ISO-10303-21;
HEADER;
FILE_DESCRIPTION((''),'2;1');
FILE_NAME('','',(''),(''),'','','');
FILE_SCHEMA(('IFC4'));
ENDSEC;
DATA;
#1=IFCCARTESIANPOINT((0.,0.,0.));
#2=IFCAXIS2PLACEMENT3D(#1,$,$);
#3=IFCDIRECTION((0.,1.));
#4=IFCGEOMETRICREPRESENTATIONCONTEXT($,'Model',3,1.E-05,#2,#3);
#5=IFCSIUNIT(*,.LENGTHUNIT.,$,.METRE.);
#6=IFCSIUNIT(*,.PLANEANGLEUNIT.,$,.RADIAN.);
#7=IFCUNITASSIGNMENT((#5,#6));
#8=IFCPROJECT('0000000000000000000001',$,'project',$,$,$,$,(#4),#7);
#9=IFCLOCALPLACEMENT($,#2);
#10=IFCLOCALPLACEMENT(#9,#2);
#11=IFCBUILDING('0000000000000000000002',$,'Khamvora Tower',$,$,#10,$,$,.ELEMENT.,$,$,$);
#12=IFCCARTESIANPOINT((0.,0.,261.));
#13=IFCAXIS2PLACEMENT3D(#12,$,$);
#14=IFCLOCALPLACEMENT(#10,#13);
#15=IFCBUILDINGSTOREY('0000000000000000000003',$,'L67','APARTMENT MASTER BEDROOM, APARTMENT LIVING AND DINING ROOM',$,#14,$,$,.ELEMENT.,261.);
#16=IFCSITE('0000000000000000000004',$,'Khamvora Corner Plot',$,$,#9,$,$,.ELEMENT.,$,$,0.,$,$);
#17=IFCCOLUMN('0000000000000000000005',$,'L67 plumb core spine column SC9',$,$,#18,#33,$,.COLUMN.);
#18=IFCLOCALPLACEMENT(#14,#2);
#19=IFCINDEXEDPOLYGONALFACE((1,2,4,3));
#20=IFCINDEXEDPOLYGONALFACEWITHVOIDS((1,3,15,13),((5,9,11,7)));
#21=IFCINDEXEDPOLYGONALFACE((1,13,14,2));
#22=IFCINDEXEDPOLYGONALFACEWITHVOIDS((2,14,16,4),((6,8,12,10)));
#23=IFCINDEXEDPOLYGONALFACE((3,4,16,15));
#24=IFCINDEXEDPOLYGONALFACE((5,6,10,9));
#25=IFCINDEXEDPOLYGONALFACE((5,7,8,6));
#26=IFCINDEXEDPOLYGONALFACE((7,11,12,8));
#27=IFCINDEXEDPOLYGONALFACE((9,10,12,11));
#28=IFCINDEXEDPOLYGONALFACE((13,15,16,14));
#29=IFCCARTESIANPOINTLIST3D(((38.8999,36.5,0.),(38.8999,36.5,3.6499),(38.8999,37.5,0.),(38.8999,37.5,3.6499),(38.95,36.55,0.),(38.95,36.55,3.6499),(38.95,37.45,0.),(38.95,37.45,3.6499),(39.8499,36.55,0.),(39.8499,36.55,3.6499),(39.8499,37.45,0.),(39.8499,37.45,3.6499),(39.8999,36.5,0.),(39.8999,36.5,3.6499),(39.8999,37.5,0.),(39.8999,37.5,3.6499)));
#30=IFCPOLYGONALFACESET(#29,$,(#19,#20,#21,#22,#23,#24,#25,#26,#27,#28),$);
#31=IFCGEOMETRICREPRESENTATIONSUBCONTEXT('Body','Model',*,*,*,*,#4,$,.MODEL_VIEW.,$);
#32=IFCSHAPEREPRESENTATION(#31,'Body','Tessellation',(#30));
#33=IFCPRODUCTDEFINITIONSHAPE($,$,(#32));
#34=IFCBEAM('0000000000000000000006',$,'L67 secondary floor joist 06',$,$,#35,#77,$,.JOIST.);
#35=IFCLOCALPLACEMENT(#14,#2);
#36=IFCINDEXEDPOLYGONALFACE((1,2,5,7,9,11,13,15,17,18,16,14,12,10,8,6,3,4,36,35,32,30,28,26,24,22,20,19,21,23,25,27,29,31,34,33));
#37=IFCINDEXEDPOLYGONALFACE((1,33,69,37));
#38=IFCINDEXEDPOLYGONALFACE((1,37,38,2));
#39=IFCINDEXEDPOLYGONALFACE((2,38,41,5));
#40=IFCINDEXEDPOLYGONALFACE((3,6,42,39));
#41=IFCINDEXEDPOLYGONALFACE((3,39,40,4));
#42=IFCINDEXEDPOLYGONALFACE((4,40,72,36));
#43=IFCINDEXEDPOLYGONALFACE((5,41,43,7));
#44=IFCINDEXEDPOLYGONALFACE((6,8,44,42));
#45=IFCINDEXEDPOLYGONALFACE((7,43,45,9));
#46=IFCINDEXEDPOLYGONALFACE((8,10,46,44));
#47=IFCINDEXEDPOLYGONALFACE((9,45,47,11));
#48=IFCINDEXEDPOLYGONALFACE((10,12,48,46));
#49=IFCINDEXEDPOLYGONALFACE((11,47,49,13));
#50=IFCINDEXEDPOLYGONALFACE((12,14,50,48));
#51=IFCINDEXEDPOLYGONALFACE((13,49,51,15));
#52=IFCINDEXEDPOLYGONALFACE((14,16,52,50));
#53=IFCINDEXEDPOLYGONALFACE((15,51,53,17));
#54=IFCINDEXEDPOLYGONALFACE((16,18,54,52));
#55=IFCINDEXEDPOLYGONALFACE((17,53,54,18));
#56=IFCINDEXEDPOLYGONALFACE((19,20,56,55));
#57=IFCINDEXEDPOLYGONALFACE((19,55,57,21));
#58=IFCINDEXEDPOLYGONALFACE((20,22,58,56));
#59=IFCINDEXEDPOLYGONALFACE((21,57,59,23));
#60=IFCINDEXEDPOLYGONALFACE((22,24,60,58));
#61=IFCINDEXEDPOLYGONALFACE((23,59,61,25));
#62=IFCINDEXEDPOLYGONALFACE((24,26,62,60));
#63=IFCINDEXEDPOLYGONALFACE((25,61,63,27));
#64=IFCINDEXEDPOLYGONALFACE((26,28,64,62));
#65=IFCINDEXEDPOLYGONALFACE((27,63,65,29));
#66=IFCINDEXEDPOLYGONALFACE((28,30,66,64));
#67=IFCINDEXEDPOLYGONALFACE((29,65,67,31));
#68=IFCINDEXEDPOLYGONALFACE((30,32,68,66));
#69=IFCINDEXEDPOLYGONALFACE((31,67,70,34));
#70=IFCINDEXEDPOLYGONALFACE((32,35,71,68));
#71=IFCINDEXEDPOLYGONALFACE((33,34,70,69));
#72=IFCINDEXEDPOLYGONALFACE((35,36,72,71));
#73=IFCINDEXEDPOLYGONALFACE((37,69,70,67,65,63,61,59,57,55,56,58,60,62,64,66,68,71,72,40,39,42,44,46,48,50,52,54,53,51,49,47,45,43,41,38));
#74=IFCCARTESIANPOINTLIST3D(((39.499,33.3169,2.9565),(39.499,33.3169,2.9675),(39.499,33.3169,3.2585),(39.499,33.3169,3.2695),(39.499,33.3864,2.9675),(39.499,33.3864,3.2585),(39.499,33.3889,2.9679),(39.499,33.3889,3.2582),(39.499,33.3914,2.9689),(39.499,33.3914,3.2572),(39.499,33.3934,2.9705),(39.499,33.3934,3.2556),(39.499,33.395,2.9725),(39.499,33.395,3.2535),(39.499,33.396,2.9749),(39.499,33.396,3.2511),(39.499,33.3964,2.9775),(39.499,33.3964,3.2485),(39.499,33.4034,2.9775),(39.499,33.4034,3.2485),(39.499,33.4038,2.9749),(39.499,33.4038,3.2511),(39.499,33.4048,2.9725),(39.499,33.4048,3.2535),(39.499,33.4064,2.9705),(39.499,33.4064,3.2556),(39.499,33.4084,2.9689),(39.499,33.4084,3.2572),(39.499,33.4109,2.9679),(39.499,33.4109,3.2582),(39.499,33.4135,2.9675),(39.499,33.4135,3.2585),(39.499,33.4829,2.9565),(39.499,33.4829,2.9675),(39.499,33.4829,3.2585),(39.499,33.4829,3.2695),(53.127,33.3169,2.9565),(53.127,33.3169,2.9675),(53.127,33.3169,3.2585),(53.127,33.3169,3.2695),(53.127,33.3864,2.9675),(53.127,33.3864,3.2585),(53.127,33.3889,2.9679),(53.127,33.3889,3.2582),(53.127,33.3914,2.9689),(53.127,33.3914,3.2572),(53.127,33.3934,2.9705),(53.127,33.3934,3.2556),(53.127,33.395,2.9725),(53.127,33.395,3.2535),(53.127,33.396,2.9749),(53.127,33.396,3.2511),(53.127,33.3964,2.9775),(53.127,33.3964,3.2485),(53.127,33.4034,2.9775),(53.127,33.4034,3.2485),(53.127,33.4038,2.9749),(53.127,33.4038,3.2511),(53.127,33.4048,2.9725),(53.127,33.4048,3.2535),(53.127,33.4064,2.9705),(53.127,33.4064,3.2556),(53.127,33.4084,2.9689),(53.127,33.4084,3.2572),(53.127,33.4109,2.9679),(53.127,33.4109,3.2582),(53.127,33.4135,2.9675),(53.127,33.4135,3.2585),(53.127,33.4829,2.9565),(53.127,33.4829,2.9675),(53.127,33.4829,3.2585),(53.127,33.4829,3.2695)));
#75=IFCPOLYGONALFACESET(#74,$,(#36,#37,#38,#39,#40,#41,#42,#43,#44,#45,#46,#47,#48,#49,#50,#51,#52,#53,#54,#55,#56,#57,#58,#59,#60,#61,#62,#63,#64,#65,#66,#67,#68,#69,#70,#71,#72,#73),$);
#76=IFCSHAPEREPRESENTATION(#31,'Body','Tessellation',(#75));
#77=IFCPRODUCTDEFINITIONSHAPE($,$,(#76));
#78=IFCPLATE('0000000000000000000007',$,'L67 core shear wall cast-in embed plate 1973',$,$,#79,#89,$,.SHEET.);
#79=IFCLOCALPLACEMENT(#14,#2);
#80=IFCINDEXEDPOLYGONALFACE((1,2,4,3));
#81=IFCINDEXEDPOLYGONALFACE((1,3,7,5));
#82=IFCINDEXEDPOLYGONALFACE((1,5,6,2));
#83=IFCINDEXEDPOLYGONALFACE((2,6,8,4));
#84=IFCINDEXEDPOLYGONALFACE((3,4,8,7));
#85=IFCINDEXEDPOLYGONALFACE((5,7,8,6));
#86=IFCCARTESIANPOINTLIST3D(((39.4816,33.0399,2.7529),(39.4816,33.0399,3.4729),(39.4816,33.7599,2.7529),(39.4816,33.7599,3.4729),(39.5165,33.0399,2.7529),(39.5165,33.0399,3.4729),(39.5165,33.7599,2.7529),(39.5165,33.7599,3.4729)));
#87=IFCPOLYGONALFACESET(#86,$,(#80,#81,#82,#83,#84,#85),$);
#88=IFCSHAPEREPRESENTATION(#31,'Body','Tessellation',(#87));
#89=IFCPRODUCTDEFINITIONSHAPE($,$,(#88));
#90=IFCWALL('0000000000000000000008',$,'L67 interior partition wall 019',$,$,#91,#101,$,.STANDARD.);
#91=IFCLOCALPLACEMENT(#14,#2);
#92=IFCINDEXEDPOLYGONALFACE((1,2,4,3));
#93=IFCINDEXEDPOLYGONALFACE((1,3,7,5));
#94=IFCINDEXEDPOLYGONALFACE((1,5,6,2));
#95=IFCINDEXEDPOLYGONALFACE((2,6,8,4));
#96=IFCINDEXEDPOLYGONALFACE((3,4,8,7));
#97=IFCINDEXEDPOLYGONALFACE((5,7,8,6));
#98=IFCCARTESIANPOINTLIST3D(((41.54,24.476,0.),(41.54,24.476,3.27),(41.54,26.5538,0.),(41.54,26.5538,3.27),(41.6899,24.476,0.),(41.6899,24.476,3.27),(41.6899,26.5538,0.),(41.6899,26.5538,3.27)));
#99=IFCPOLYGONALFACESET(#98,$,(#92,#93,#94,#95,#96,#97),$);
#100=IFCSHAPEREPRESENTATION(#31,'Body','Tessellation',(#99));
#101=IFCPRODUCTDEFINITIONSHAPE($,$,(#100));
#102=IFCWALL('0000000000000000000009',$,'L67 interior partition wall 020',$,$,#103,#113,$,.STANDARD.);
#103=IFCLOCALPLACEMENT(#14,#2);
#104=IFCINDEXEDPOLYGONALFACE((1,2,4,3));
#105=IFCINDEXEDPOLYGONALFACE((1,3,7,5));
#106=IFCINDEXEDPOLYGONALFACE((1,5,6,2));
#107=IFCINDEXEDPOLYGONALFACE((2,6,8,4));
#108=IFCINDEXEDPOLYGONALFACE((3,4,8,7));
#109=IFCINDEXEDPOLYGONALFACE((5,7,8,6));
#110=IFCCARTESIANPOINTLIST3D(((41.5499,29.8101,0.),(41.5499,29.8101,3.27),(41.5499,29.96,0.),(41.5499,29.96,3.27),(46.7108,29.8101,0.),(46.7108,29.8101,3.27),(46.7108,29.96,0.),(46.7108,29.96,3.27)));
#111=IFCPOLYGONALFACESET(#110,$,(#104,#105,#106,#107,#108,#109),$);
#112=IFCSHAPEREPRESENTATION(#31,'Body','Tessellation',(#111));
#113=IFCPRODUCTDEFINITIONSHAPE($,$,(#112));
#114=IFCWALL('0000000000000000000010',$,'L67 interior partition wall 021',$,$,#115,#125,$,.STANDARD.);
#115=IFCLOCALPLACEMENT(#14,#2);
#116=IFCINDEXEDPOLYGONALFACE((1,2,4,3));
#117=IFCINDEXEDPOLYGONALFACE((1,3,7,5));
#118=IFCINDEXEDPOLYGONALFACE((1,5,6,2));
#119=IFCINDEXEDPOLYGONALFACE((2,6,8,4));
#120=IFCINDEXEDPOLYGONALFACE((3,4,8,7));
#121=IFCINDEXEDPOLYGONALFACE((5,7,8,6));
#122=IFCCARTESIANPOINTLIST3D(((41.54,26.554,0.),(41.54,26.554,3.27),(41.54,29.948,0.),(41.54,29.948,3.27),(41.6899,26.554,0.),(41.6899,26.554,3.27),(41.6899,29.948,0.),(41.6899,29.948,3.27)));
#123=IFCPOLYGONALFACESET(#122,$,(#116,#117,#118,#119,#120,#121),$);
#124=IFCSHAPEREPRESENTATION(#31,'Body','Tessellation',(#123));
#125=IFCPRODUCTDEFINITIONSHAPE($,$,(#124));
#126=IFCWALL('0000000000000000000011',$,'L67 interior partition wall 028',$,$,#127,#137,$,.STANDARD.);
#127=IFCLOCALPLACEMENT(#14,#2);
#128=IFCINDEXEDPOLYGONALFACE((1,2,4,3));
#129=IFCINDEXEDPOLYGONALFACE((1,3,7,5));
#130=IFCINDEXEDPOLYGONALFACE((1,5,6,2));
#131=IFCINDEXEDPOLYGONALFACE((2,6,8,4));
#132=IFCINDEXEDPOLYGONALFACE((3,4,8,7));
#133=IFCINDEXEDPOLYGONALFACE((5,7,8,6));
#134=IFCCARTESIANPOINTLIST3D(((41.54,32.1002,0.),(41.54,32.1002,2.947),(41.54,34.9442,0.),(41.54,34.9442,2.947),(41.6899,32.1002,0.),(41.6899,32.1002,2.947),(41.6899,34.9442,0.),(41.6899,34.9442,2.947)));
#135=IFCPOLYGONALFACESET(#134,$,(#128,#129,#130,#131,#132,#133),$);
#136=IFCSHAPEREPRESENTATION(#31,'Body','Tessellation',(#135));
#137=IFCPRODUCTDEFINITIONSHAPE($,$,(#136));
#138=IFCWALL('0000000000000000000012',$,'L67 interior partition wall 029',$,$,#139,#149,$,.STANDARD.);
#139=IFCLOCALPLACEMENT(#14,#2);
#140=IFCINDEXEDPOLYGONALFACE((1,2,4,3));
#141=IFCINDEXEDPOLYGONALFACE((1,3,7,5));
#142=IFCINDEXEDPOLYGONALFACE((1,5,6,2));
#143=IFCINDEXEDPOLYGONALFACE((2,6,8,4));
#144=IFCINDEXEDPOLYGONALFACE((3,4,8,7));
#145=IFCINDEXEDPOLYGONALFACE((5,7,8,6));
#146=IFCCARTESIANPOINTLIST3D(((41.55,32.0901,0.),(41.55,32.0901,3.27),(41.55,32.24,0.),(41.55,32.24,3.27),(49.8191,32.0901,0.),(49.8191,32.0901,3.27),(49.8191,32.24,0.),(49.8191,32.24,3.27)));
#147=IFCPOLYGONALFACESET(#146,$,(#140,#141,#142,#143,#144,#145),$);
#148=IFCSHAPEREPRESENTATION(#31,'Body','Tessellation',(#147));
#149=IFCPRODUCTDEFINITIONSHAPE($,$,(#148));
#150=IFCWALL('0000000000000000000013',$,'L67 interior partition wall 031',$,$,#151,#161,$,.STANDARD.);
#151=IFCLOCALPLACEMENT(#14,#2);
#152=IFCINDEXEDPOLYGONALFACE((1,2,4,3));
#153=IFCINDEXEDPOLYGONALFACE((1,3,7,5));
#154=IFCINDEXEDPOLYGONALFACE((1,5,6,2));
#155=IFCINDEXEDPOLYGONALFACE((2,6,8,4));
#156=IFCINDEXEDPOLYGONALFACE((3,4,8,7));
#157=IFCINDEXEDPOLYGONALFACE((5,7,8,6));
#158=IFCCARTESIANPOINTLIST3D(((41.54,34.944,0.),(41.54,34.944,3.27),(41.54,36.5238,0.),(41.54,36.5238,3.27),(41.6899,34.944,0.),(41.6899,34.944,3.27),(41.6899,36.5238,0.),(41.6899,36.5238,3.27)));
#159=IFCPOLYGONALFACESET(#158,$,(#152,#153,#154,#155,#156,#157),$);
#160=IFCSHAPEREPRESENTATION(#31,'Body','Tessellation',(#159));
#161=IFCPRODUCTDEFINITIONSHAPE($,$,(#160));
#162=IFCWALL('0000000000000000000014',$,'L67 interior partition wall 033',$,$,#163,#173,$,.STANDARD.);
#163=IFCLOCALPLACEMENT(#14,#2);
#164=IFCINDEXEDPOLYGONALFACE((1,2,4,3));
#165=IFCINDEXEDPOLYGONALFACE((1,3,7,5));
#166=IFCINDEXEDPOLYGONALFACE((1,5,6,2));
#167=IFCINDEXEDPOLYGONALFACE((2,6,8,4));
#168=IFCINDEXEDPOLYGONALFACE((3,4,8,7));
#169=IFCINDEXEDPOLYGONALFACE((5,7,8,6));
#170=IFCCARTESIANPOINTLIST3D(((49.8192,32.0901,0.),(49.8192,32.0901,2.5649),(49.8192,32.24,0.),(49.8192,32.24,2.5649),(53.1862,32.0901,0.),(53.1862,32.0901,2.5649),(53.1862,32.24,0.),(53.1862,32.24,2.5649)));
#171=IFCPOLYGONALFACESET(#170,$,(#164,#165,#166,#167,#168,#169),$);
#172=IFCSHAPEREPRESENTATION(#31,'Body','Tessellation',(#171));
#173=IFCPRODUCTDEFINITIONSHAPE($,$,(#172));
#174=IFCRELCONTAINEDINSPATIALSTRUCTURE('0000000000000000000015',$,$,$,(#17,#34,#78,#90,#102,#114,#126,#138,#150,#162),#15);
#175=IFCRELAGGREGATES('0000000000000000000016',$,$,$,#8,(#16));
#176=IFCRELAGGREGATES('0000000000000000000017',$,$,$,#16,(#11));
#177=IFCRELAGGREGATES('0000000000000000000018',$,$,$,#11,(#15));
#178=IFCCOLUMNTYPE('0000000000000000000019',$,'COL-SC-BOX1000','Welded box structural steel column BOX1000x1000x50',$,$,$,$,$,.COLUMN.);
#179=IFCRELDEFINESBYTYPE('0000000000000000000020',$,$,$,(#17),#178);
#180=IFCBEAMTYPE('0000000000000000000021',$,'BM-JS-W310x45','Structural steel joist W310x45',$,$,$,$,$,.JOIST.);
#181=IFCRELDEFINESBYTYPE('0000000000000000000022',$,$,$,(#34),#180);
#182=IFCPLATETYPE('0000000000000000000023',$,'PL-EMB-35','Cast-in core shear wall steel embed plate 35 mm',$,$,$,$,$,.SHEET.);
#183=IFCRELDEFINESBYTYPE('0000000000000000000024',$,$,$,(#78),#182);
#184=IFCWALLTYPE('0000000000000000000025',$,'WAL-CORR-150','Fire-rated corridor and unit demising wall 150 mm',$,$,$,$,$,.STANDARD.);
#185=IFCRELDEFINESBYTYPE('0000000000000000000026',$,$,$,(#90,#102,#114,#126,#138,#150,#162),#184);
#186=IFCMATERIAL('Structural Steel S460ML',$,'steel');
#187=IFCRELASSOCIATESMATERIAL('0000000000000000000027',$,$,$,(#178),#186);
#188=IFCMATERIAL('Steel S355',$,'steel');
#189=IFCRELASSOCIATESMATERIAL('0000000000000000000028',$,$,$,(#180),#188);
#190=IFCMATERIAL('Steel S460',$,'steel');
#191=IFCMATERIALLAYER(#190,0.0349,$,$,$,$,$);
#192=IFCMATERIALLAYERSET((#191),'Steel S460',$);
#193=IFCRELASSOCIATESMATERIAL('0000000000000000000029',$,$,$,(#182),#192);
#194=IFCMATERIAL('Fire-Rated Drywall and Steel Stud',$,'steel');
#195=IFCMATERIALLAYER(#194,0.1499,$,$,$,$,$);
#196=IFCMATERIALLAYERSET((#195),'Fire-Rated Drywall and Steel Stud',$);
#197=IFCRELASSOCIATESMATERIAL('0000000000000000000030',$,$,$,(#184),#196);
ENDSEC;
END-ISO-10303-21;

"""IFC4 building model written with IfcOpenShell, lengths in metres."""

from ifc_helpers import new_model, si_unit, direction, frame, frame_2d, origin, origin_2d, place, context, subcontext, project, spatial, rectangle, hollow_rectangle, i_section, extrude, material, layer, layer_set, material_profile, profile_set, type_object, element, save


model = new_model("IFC4")

# Units and contexts
model_context = context("Model", 3, precision=1e-05, world=origin(), true_north=direction((0.0, 1.0)))
body_context = subcontext(model_context, "Body", "Model", "MODEL_VIEW")
ifc_project = project(units=[si_unit("LENGTHUNIT", "METRE"), si_unit("PLANEANGLEUNIT", "RADIAN")], contexts=[model_context])

# Site, building, storey
site_placement = place(None, origin())
site = spatial("IfcSite", under=ifc_project, at=site_placement, Name="Khamvora Corner Plot", CompositionType="ELEMENT", RefElevation=0.0)
building_placement = place(site_placement, origin())
building = spatial("IfcBuilding", under=site, at=building_placement, Name="Khamvora Tower", CompositionType="ELEMENT")
storey_placement = place(building_placement, frame((0.0, 0.0, 261.0)))
storey = spatial("IfcBuildingStorey", under=building, at=storey_placement, Name="L67", Description="APARTMENT MASTER BEDROOM, APARTMENT LIVING AND DINING ROOM", CompositionType="ELEMENT", Elevation=261.0)

# Column
ifc_material_1 = material(Name="Structural Steel S460ML", Category="steel")
ifc_material_profile_1 = material_profile(ifc_material_1, hollow_rectangle(XDim=1.0, YDim=1.0, WallThickness=0.05, at=origin_2d()), Name="BOX1000x1000x50")
ifc_profile_set_1 = profile_set([ifc_material_profile_1], Name="Structural Steel S460ML")
column_type = type_object("IfcColumnType", Name="COL-SC-BOX1000", Description="Welded box structural steel column BOX1000x1000x50", PredefinedType="COLUMN", material=ifc_profile_set_1)
column_placement = place(storey_placement, frame((39.3999, 37.0, 0.0), z_axis=(0.0, 0.0, 1.0), x_axis=(1.0, 0.0, 0.0)))
element("IfcColumn", 1, at=column_placement, inside=storey, type_object=column_type, Name="L67 plumb core spine column SC9", PredefinedType="COLUMN", context=body_context, shape_type="SweptSolid", body=[
    extrude(hollow_rectangle(XDim=1.0, YDim=1.0, WallThickness=0.05, at=origin_2d()), origin(), (0.0, 0.0, 1.0), 3.6499),
])

# Beam
ifc_material_2 = material(Name="Steel S355", Category="steel")
ifc_material_profile_2 = material_profile(ifc_material_2, i_section(OverallWidth=0.166, OverallDepth=0.313, WebThickness=0.0071, FlangeThickness=0.011, FilletRadius=0.01, at=origin_2d()), Name="W310x45")
ifc_profile_set_2 = profile_set([ifc_material_profile_2], Name="Steel S355")
beam_type = type_object("IfcBeamType", Name="BM-JS-W310x45", Description="Structural steel joist W310x45", PredefinedType="JOIST", material=ifc_profile_set_2)
beam_placement = place(storey_placement, frame((39.499, 33.3999, 3.113), z_axis=(1.0, 0.0, 0.0), x_axis=(0.0, 1.0, 0.0)))
element("IfcBeam", 2, at=beam_placement, inside=storey, type_object=beam_type, Name="L67 secondary floor joist 06", PredefinedType="JOIST", context=body_context, shape_type="SweptSolid", body=[
    extrude(i_section(OverallWidth=0.166, OverallDepth=0.313, WebThickness=0.0071, FlangeThickness=0.011, FilletRadius=0.01, at=origin_2d()), origin(), (0.0, 0.0, 1.0), 13.6279),
])

# Plate
ifc_material_3 = material(Name="Steel S460", Category="steel")
ifc_layer_1 = layer(ifc_material_3, 0.0349)
ifc_layer_set_1 = layer_set([ifc_layer_1], Name="Steel S460")
plate_type = type_object("IfcPlateType", Name="PL-EMB-35", Description="Cast-in core shear wall steel embed plate 35 mm", PredefinedType="SHEET", material=ifc_layer_set_1)
plate_placement = place(storey_placement, frame((39.499, 33.3999, 2.7529), z_axis=(0.0, 0.0, 1.0), x_axis=(1.0, 0.0, 0.0)))
element("IfcPlate", 3, at=plate_placement, inside=storey, type_object=plate_type, Name="L67 core shear wall cast-in embed plate 1973", PredefinedType="SHEET", context=body_context, shape_type="SweptSolid", body=[
    extrude(rectangle(XDim=0.0349, YDim=0.72, at=origin_2d()), origin(), (0.0, 0.0, 1.0), 0.72),
])

# Shared definitions
ifc_material_4 = material(Name="Fire-Rated Drywall and Steel Stud", Category="steel")
ifc_layer_2 = layer(ifc_material_4, 0.1499)
ifc_layer_set_2 = layer_set([ifc_layer_2], Name="Fire-Rated Drywall and Steel Stud")
wall_type_1 = type_object("IfcWallType", Name="WAL-CORR-150", Description="Fire-rated corridor and unit demising wall 150 mm", PredefinedType="STANDARD", material=ifc_layer_set_2)

# Walls
wall_1_placement = place(storey_placement, frame((41.615, 26.554, 0.0), z_axis=(0.0, 0.0, 1.0), x_axis=(0.0, -1.0, 0.0)))
element("IfcWall", 4, at=wall_1_placement, inside=storey, type_object=wall_type_1, Name="L67 interior partition wall 019", PredefinedType="STANDARD", context=body_context, shape_type="SweptSolid", body=[
    extrude(rectangle(XDim=2.0779, YDim=0.1499, at=frame_2d((1.0391, 0.0))), origin(), (0.0, 0.0, 1.0), 3.27),
])
wall_2_placement = place(storey_placement, frame((46.7109, 29.885, 0.0), z_axis=(0.0, 0.0, 1.0), x_axis=(-1.0, 0.0, 0.0)))
element("IfcWall", 5, at=wall_2_placement, inside=storey, type_object=wall_type_1, Name="L67 interior partition wall 020", PredefinedType="STANDARD", context=body_context, shape_type="SweptSolid", body=[
    extrude(rectangle(XDim=5.1609, YDim=0.1499, at=frame_2d((2.5806, 0.0))), origin(), (0.0, 0.0, 1.0), 3.27),
])
wall_3_placement = place(storey_placement, frame((41.615, 29.948, 0.0), z_axis=(0.0, 0.0, 1.0), x_axis=(0.0, -1.0, 0.0)))
element("IfcWall", 6, at=wall_3_placement, inside=storey, type_object=wall_type_1, Name="L67 interior partition wall 021", PredefinedType="STANDARD", context=body_context, shape_type="SweptSolid", body=[
    extrude(rectangle(XDim=3.394, YDim=0.1499, at=frame_2d((1.697, 0.0))), origin(), (0.0, 0.0, 1.0), 3.27),
])
wall_4_placement = place(storey_placement, frame((41.615, 34.9441, 0.0), z_axis=(0.0, 0.0, 1.0), x_axis=(0.0, -1.0, 0.0)))
element("IfcWall", 7, at=wall_4_placement, inside=storey, type_object=wall_type_1, Name="L67 interior partition wall 028", PredefinedType="STANDARD", context=body_context, shape_type="SweptSolid", body=[
    extrude(rectangle(XDim=2.844, YDim=0.1499, at=frame_2d((1.4219, 0.0))), origin(), (0.0, 0.0, 1.0), 2.947),
])
wall_5_placement = place(storey_placement, frame((41.55, 32.165, 0.0), z_axis=(0.0, 0.0, 1.0), x_axis=(1.0, 0.0, 0.0)))
element("IfcWall", 8, at=wall_5_placement, inside=storey, type_object=wall_type_1, Name="L67 interior partition wall 029", PredefinedType="STANDARD", context=body_context, shape_type="SweptSolid", body=[
    extrude(rectangle(XDim=8.269, YDim=0.1499, at=frame_2d((4.1345, 0.0))), origin(), (0.0, 0.0, 1.0), 3.27),
])
wall_6_placement = place(storey_placement, frame((41.615, 36.5239, 0.0), z_axis=(0.0, 0.0, 1.0), x_axis=(0.0, -1.0, 0.0)))
element("IfcWall", 9, at=wall_6_placement, inside=storey, type_object=wall_type_1, Name="L67 interior partition wall 031", PredefinedType="STANDARD", context=body_context, shape_type="SweptSolid", body=[
    extrude(rectangle(XDim=1.5798, YDim=0.1499, at=frame_2d((0.79, 0.0))), origin(), (0.0, 0.0, 1.0), 3.27),
])

# Wall
wall_7_placement = place(storey_placement, frame((49.8191, 32.165, 0.0), z_axis=(0.0, 0.0, 1.0), x_axis=(1.0, 0.0, 0.0)))
element("IfcWall", 10, at=wall_7_placement, inside=storey, type_object=wall_type_1, Name="L67 interior partition wall 033", PredefinedType="STANDARD", context=body_context, shape_type="SweptSolid", body=[
    extrude(rectangle(XDim=3.3669, YDim=0.1499, at=frame_2d((1.6836, 0.0))), origin(), (0.0, 0.0, 1.0), 2.5649),
])

save(model, "model.ifc")
